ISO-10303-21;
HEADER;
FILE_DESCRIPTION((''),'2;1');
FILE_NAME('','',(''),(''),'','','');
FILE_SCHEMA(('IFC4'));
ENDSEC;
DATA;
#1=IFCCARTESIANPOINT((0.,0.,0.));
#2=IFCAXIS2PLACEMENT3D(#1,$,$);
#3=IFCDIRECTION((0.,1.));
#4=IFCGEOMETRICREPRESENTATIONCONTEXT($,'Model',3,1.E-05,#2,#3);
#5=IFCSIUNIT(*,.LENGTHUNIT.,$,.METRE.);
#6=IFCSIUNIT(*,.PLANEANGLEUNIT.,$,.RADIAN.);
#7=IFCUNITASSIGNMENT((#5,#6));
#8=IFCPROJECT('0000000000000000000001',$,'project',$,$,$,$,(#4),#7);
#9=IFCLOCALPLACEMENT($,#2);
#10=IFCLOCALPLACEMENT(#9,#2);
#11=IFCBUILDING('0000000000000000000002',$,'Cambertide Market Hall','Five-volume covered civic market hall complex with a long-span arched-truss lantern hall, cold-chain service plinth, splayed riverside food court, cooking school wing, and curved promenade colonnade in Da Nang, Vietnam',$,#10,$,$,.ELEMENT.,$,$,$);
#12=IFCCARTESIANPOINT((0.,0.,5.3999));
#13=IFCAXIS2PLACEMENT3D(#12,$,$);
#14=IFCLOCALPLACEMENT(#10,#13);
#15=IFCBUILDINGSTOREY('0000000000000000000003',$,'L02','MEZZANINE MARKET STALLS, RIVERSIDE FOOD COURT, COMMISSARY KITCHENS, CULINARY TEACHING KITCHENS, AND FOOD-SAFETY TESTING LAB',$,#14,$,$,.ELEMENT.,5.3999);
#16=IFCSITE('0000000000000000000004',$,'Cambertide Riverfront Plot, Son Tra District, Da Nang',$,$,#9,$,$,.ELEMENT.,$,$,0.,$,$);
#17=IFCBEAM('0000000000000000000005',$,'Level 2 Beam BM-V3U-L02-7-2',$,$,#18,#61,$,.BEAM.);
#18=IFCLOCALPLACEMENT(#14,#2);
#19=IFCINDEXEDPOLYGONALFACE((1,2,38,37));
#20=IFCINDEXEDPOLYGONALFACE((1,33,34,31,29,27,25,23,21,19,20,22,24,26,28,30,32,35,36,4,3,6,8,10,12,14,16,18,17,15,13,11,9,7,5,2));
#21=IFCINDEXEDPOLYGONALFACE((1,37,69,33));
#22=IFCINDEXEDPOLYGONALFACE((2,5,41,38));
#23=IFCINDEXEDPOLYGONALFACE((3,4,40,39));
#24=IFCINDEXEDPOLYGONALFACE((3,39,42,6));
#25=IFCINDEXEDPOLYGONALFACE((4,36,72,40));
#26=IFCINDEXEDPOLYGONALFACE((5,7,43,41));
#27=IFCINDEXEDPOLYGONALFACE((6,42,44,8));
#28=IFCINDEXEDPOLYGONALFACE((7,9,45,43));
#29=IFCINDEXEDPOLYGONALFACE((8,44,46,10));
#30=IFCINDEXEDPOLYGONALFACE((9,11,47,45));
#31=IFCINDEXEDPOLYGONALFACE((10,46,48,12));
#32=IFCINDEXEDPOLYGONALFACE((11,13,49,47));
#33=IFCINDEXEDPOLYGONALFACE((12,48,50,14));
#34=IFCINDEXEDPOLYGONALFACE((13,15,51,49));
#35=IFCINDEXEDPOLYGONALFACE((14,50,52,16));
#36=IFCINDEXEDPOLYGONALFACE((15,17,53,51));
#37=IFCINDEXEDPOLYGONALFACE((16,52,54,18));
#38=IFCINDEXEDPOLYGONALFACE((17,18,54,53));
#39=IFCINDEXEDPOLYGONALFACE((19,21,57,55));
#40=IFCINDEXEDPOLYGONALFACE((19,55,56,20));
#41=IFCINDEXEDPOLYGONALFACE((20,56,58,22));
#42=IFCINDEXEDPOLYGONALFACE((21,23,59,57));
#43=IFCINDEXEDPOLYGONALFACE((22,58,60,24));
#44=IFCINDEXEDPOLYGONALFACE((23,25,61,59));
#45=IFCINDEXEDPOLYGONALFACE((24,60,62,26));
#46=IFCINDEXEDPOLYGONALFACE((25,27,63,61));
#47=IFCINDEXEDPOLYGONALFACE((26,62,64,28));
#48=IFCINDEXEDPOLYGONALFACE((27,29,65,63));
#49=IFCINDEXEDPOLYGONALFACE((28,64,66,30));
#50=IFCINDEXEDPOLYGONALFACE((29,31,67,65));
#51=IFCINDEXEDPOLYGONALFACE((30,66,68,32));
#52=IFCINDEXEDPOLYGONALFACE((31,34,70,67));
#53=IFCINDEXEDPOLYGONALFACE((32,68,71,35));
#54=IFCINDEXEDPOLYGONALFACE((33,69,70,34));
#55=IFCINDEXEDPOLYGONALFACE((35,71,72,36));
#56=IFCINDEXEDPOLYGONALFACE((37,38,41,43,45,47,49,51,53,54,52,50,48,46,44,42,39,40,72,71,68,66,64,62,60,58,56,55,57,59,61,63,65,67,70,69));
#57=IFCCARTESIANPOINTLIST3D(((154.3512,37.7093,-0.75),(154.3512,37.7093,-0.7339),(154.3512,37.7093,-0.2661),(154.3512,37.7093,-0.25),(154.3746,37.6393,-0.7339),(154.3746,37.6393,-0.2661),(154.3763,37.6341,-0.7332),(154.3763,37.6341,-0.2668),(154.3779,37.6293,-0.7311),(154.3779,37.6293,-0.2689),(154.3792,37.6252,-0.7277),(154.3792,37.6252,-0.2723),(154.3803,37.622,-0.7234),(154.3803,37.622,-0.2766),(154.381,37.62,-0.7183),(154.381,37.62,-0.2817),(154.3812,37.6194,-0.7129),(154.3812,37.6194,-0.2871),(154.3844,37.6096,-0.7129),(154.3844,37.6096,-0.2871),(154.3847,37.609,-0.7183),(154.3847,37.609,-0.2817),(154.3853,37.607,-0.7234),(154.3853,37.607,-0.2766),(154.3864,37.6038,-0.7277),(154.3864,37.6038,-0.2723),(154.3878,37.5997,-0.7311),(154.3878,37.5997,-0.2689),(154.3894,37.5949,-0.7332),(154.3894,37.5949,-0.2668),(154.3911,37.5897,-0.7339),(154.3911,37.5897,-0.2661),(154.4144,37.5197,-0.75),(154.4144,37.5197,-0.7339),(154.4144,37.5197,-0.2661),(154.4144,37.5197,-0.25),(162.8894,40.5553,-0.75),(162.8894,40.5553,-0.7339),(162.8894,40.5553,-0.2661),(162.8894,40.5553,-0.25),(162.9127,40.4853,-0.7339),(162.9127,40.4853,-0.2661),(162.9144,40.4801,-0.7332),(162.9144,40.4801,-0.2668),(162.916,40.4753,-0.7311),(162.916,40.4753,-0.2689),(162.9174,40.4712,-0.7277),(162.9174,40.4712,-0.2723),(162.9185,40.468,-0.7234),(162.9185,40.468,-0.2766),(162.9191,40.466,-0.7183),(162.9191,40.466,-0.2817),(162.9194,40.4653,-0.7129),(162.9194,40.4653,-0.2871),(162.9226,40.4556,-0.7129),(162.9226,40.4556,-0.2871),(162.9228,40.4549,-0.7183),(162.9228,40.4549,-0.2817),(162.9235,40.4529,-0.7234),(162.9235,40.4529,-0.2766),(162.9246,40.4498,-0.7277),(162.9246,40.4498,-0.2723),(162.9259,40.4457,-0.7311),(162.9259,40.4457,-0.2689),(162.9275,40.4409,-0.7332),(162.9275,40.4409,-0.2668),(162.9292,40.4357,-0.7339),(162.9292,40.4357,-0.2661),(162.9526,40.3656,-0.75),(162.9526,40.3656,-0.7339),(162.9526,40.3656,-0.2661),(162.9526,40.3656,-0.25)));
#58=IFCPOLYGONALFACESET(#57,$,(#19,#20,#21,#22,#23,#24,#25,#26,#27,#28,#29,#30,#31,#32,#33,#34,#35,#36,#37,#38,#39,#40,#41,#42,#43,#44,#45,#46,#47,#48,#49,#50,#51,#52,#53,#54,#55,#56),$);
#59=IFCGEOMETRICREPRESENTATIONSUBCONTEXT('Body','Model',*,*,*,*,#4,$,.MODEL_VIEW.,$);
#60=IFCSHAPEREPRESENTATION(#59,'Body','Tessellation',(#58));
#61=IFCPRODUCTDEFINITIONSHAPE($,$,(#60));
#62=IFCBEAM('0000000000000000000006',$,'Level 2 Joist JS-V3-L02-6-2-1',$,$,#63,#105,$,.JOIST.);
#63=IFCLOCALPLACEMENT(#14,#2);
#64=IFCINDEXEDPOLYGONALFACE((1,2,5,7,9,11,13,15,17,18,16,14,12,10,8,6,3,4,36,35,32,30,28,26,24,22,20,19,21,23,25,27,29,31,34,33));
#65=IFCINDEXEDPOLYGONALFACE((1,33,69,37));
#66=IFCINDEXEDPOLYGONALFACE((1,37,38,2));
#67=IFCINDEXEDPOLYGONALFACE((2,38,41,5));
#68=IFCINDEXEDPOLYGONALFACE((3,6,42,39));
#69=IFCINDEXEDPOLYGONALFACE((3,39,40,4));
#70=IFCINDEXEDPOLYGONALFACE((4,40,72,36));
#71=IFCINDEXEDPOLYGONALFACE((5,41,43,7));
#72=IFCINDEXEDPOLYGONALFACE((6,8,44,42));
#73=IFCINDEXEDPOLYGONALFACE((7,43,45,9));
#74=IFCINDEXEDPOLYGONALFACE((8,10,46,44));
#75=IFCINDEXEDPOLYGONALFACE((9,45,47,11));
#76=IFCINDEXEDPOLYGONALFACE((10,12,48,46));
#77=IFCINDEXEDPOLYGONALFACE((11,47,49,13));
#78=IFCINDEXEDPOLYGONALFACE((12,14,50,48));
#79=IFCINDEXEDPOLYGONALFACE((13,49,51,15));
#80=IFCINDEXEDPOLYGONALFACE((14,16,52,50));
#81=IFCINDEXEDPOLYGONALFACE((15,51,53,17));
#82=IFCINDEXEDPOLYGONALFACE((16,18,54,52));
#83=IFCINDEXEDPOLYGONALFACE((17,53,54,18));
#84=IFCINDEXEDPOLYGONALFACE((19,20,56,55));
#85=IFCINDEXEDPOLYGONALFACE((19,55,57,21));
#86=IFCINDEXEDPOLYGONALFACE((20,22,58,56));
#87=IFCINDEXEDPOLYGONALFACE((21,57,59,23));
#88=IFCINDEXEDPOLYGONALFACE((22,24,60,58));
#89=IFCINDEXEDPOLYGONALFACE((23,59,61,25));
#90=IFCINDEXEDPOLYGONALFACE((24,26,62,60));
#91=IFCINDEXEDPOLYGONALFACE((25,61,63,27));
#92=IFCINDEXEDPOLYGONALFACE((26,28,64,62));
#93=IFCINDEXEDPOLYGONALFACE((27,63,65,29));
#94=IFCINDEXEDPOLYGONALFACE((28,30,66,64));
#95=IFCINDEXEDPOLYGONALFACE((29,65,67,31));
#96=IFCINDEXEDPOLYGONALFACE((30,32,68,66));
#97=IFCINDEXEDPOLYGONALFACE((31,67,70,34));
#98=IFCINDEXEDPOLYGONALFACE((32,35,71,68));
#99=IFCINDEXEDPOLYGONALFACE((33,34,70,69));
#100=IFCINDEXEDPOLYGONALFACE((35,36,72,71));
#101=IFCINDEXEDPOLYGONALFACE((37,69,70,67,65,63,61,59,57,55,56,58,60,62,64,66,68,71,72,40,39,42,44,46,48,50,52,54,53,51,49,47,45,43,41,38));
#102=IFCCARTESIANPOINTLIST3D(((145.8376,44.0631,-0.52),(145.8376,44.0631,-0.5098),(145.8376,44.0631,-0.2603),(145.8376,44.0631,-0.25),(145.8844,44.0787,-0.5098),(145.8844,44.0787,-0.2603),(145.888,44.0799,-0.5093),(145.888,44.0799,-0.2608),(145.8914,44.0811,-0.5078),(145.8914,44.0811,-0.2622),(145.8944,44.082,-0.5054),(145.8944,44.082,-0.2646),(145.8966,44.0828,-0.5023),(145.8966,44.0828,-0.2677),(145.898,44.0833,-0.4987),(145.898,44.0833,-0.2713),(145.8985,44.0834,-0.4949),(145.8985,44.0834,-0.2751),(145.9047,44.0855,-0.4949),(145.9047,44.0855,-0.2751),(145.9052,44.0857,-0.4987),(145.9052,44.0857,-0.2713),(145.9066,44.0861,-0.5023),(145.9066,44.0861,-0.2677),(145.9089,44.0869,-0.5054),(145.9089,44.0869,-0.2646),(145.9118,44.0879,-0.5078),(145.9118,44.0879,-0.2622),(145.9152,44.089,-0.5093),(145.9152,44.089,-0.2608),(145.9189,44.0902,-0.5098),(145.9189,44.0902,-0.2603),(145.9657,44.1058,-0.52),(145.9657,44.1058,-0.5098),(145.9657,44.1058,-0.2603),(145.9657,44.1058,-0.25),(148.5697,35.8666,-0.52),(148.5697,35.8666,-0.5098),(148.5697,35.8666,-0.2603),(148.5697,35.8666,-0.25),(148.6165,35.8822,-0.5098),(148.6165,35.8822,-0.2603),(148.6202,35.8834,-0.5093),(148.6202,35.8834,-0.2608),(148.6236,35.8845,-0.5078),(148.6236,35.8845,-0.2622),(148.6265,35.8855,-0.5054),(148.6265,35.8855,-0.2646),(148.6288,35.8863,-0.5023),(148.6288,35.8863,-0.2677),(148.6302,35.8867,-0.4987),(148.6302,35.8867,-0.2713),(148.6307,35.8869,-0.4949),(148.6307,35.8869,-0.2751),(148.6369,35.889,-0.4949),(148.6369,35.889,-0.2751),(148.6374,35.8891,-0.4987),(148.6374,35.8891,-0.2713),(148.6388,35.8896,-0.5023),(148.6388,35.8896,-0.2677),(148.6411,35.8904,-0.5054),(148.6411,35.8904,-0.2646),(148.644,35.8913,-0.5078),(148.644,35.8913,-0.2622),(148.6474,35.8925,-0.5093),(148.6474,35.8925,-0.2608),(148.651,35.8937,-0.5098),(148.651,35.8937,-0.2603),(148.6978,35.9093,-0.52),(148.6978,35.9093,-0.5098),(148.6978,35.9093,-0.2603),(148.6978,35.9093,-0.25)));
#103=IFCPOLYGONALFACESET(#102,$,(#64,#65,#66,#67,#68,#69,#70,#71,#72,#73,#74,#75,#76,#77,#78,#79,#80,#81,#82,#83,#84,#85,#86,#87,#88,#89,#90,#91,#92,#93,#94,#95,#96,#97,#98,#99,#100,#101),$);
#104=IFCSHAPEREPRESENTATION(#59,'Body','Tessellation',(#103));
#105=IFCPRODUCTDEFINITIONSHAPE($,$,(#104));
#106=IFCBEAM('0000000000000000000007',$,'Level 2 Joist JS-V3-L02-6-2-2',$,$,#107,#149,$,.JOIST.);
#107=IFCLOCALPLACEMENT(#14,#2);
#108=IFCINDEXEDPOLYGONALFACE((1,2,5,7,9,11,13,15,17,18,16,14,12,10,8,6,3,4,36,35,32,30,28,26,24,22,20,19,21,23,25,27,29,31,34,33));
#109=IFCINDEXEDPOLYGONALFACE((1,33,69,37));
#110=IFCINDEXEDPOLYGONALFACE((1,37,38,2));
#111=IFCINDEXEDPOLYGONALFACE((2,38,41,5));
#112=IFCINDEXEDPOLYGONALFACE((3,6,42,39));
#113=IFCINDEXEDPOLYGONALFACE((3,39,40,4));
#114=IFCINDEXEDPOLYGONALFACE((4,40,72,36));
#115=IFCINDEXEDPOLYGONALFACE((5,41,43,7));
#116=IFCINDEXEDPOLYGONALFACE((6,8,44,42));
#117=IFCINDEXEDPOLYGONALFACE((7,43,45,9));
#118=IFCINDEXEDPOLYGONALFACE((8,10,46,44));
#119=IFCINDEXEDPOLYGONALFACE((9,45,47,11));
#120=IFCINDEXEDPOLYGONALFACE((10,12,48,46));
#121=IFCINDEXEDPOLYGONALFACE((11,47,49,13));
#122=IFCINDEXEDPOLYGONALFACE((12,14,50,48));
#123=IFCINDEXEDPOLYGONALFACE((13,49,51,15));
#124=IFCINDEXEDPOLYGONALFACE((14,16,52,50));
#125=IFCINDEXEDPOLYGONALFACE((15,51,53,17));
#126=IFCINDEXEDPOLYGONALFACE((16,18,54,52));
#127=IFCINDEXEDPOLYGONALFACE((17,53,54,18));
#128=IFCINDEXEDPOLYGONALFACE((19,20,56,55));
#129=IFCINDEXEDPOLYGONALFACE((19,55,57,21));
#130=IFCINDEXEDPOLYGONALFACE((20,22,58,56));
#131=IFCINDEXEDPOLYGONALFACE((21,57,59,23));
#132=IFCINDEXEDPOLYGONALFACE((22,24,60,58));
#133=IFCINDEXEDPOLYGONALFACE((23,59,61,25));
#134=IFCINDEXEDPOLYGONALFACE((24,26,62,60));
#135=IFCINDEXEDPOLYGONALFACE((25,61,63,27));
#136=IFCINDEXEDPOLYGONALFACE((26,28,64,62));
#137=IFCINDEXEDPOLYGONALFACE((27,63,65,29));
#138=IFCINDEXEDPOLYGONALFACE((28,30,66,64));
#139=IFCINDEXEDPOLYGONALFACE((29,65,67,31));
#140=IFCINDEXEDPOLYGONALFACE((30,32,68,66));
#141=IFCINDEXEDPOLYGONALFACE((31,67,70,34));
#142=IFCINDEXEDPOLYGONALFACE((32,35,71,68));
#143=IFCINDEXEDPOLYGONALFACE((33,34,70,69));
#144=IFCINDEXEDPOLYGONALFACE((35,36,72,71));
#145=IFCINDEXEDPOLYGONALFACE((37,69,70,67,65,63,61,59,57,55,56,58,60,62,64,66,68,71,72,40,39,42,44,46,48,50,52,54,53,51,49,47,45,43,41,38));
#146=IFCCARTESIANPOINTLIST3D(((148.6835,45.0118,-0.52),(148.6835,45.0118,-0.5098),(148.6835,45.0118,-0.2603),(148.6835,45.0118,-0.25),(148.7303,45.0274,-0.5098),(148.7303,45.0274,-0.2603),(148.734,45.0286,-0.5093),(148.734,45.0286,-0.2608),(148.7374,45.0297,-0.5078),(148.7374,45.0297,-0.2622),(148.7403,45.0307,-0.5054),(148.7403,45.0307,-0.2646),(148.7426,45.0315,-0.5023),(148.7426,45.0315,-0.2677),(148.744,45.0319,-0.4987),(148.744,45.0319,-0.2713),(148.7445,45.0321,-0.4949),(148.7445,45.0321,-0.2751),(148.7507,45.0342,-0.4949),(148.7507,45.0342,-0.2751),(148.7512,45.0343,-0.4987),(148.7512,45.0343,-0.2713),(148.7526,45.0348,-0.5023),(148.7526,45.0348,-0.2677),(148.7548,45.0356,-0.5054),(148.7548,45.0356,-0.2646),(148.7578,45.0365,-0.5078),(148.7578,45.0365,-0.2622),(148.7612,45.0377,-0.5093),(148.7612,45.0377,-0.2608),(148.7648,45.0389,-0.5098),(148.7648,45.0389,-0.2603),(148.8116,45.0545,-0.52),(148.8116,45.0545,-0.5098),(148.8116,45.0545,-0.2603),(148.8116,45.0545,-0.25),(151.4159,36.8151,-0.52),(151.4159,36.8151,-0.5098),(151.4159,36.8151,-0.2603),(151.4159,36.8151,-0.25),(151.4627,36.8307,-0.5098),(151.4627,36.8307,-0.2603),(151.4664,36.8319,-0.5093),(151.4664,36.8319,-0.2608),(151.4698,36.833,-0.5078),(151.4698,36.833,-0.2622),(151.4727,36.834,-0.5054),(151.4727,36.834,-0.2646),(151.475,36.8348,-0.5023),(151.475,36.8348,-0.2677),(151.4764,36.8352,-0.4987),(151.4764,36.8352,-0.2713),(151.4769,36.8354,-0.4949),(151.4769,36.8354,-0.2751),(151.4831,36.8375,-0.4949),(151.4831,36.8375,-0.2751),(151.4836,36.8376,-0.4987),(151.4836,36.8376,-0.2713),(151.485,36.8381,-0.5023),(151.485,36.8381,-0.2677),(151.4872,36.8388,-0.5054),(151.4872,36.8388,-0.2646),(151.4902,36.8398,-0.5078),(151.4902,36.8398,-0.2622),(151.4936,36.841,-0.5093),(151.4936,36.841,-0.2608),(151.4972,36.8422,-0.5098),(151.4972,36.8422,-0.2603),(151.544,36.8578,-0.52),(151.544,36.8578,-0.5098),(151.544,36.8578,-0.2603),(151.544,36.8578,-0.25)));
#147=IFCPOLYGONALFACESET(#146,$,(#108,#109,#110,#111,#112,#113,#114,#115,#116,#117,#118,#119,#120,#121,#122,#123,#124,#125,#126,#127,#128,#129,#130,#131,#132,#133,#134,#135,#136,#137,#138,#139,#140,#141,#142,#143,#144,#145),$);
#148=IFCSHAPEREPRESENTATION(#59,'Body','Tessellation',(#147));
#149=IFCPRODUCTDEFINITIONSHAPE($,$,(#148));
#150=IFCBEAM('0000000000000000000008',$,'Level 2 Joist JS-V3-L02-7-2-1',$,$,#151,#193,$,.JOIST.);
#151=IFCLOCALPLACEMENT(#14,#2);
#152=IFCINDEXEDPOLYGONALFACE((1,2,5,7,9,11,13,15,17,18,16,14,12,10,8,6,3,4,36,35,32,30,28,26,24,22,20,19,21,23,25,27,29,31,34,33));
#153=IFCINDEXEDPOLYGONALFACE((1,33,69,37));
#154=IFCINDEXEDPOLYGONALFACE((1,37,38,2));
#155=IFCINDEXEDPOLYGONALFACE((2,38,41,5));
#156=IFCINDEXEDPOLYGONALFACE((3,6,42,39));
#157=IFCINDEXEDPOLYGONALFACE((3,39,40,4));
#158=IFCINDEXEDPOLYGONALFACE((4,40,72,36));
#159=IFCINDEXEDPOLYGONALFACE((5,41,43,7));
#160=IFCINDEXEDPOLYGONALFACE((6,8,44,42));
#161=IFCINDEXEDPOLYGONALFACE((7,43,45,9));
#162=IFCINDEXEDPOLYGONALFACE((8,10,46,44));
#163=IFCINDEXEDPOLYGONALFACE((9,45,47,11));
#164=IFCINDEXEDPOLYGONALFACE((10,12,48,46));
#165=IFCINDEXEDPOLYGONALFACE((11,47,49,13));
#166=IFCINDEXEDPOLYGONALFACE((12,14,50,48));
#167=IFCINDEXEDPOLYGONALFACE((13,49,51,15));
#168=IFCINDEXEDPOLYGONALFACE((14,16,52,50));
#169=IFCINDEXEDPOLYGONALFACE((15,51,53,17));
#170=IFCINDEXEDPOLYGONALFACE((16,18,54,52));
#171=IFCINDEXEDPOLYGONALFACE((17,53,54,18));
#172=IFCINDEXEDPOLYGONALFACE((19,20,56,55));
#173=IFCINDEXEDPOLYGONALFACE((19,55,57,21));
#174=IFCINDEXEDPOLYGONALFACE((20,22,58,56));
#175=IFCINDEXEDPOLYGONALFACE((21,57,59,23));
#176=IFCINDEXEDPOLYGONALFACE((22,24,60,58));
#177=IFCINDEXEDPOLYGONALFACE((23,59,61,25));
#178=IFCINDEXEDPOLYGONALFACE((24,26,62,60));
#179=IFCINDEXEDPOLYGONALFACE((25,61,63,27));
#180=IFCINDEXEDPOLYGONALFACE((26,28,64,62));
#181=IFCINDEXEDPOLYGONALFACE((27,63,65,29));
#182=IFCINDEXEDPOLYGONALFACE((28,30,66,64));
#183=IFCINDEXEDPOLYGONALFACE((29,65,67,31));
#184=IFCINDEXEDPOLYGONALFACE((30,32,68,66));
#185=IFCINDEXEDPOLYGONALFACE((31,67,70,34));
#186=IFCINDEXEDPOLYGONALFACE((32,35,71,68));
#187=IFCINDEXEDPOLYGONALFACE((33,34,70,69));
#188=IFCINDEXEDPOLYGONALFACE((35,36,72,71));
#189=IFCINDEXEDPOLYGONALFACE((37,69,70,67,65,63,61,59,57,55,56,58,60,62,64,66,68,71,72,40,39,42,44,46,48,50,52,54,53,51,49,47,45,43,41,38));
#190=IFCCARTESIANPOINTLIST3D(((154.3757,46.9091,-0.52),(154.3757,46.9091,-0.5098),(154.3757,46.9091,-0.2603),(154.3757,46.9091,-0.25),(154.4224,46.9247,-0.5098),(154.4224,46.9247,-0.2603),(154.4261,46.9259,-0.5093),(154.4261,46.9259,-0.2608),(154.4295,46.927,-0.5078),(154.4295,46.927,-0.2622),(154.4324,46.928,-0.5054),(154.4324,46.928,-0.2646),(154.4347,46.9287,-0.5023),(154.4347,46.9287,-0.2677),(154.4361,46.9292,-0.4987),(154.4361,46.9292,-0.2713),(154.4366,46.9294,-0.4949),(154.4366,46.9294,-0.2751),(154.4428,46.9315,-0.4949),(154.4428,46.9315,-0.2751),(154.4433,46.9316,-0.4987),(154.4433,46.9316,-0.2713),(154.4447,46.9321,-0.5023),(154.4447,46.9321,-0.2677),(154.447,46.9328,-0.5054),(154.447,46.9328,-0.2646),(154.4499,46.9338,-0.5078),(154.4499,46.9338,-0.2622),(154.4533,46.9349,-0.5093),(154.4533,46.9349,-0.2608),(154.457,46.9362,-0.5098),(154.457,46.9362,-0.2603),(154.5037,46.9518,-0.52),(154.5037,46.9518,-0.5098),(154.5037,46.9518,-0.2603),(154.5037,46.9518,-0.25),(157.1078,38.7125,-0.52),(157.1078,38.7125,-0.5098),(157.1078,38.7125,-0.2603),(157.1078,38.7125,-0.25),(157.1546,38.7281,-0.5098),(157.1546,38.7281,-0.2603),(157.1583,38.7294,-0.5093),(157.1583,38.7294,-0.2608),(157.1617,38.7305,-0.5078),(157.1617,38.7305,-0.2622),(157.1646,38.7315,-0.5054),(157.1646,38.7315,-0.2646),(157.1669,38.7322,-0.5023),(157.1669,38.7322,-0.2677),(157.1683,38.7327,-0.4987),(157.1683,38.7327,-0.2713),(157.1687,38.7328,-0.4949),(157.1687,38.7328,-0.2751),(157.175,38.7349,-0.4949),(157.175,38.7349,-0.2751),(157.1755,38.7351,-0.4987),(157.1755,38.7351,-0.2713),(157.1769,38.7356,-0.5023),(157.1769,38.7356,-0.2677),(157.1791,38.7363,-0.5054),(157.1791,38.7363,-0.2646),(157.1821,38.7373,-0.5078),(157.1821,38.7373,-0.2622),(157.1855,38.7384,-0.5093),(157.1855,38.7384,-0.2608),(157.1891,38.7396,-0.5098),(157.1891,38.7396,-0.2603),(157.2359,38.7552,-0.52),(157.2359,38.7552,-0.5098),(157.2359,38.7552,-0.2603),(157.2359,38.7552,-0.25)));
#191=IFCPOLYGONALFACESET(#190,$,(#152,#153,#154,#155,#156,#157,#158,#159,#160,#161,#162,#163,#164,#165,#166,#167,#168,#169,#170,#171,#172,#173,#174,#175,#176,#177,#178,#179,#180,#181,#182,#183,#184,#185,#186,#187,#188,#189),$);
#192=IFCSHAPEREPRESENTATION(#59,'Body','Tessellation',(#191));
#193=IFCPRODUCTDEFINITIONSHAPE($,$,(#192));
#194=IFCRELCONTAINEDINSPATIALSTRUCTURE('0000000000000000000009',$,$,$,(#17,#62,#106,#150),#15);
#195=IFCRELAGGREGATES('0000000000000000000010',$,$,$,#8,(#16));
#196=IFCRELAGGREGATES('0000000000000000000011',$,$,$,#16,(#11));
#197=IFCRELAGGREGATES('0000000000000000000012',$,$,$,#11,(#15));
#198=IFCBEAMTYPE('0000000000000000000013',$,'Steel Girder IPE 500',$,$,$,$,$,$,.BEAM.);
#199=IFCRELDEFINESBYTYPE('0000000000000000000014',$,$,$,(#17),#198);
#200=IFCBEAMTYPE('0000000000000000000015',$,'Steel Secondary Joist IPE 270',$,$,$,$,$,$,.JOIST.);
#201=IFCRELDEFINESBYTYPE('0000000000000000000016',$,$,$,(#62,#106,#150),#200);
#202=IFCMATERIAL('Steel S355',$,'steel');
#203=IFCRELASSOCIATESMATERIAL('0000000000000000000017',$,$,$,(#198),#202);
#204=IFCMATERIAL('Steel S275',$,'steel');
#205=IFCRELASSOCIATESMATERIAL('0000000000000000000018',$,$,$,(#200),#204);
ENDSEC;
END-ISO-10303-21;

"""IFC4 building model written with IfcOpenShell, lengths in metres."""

from ifc_helpers import new_model, si_unit, direction, frame, origin, origin_2d, place, context, subcontext, project, spatial, i_section, extrude, material, material_profile, profile_set, type_object, element, save


model = new_model("IFC4")

# Units and contexts
model_context = context("Model", 3, precision=1e-05, world=origin(), true_north=direction((0.0, 1.0)))
body_context = subcontext(model_context, "Body", "Model", "MODEL_VIEW")
ifc_project = project(units=[si_unit("LENGTHUNIT", "METRE"), si_unit("PLANEANGLEUNIT", "RADIAN")], contexts=[model_context])

# Site, building, storey
site_placement = place(None, origin())
site = spatial("IfcSite", under=ifc_project, at=site_placement, Name="Cambertide Riverfront Plot, Son Tra District, Da Nang", CompositionType="ELEMENT", RefElevation=0.0)
building_placement = place(site_placement, origin())
building = spatial("IfcBuilding", under=site, at=building_placement, Name="Cambertide Market Hall", Description="Five-volume covered civic market hall complex with a long-span arched-truss lantern hall, cold-chain service plinth, splayed riverside food court, cooking school wing, and curved promenade colonnade in Da Nang, Vietnam", CompositionType="ELEMENT")
storey_placement = place(building_placement, frame((0.0, 0.0, 5.3999)))
storey = spatial("IfcBuildingStorey", under=building, at=storey_placement, Name="L02", Description="MEZZANINE MARKET STALLS, RIVERSIDE FOOD COURT, COMMISSARY KITCHENS, CULINARY TEACHING KITCHENS, AND FOOD-SAFETY TESTING LAB", CompositionType="ELEMENT", Elevation=5.3999)

# Beams
ifc_material_1 = material(Name="Steel S355", Category="steel")
ifc_material_profile_1 = material_profile(ifc_material_1, i_section(OverallWidth=0.2, OverallDepth=0.5, WebThickness=0.0103, FlangeThickness=0.0161, FilletRadius=0.021, at=origin_2d()), Name="IPE 500")
ifc_profile_set_1 = profile_set([ifc_material_profile_1], Name="Steel S355")
beam_type_1 = type_object("IfcBeamType", Name="Steel Girder IPE 500", PredefinedType="BEAM", material=ifc_profile_set_1)
for number, where, z_axis, x_axis, name in (
    (1, (154.3828, 37.6145, -0.5), (0.948686, 0.31622, 0.0), (-0.31622, 0.948686, 0.0), "Level 2 Beam BM-V3U-L02-7-2"),
):
    element("IfcBeam", number, at=place(storey_placement, frame(where, z_axis=z_axis, x_axis=x_axis)), inside=storey, type_object=beam_type_1, Name=name, PredefinedType="BEAM", context=body_context, shape_type="SweptSolid", body=[
        extrude(i_section(OverallWidth=0.2, OverallDepth=0.5, WebThickness=0.0103, FlangeThickness=0.0161, FilletRadius=0.021, at=origin_2d()), origin(), (0.0, 0.0, 1.0), 9.0),
    ])
ifc_material_2 = material(Name="Steel S275", Category="steel")
ifc_material_profile_2 = material_profile(ifc_material_2, i_section(OverallWidth=0.135, OverallDepth=0.27, WebThickness=0.0066, FlangeThickness=0.0103, FilletRadius=0.0149, at=origin_2d()), Name="IPE 270")
ifc_profile_set_2 = profile_set([ifc_material_profile_2], Name="Steel S275")
beam_type_2 = type_object("IfcBeamType", Name="Steel Secondary Joist IPE 270", PredefinedType="JOIST", material=ifc_profile_set_2)
beam_1_placement = place(storey_placement, frame((148.6338, 35.8879, -0.385), z_axis=(-0.316228, 0.948683, 0.0), x_axis=(-0.948683, -0.316228, 0.0)))
element("IfcBeam", 2, at=beam_1_placement, inside=storey, type_object=beam_type_2, Name="Level 2 Joist JS-V3-L02-6-2-1", PredefinedType="JOIST", context=body_context, shape_type="SweptSolid", body=[
    extrude(i_section(OverallWidth=0.135, OverallDepth=0.27, WebThickness=0.0066, FlangeThickness=0.0103, FilletRadius=0.0149, at=origin_2d()), origin(), (0.0, 0.0, 1.0), 8.6399),
])
beam_2_placement = place(storey_placement, frame((151.48, 36.8364, -0.385), z_axis=(-0.316245, 0.948678, 0.0), x_axis=(-0.948678, -0.316245, 0.0)))
element("IfcBeam", 3, at=beam_2_placement, inside=storey, type_object=beam_type_2, Name="Level 2 Joist JS-V3-L02-6-2-2", PredefinedType="JOIST", context=body_context, shape_type="SweptSolid", body=[
    extrude(i_section(OverallWidth=0.135, OverallDepth=0.27, WebThickness=0.0066, FlangeThickness=0.0103, FilletRadius=0.0149, at=origin_2d()), origin(), (0.0, 0.0, 1.0), 8.6401),
])
beam_3_placement = place(storey_placement, frame((157.1719, 38.7339, -0.385), z_axis=(-0.316228, 0.948683, 0.0), x_axis=(-0.948683, -0.316228, 0.0)))
element("IfcBeam", 4, at=beam_3_placement, inside=storey, type_object=beam_type_2, Name="Level 2 Joist JS-V3-L02-7-2-1", PredefinedType="JOIST", context=body_context, shape_type="SweptSolid", body=[
    extrude(i_section(OverallWidth=0.135, OverallDepth=0.27, WebThickness=0.0066, FlangeThickness=0.0103, FilletRadius=0.0149, at=origin_2d()), origin(), (0.0, 0.0, 1.0), 8.6399),
])

save(model, "model.ifc")
